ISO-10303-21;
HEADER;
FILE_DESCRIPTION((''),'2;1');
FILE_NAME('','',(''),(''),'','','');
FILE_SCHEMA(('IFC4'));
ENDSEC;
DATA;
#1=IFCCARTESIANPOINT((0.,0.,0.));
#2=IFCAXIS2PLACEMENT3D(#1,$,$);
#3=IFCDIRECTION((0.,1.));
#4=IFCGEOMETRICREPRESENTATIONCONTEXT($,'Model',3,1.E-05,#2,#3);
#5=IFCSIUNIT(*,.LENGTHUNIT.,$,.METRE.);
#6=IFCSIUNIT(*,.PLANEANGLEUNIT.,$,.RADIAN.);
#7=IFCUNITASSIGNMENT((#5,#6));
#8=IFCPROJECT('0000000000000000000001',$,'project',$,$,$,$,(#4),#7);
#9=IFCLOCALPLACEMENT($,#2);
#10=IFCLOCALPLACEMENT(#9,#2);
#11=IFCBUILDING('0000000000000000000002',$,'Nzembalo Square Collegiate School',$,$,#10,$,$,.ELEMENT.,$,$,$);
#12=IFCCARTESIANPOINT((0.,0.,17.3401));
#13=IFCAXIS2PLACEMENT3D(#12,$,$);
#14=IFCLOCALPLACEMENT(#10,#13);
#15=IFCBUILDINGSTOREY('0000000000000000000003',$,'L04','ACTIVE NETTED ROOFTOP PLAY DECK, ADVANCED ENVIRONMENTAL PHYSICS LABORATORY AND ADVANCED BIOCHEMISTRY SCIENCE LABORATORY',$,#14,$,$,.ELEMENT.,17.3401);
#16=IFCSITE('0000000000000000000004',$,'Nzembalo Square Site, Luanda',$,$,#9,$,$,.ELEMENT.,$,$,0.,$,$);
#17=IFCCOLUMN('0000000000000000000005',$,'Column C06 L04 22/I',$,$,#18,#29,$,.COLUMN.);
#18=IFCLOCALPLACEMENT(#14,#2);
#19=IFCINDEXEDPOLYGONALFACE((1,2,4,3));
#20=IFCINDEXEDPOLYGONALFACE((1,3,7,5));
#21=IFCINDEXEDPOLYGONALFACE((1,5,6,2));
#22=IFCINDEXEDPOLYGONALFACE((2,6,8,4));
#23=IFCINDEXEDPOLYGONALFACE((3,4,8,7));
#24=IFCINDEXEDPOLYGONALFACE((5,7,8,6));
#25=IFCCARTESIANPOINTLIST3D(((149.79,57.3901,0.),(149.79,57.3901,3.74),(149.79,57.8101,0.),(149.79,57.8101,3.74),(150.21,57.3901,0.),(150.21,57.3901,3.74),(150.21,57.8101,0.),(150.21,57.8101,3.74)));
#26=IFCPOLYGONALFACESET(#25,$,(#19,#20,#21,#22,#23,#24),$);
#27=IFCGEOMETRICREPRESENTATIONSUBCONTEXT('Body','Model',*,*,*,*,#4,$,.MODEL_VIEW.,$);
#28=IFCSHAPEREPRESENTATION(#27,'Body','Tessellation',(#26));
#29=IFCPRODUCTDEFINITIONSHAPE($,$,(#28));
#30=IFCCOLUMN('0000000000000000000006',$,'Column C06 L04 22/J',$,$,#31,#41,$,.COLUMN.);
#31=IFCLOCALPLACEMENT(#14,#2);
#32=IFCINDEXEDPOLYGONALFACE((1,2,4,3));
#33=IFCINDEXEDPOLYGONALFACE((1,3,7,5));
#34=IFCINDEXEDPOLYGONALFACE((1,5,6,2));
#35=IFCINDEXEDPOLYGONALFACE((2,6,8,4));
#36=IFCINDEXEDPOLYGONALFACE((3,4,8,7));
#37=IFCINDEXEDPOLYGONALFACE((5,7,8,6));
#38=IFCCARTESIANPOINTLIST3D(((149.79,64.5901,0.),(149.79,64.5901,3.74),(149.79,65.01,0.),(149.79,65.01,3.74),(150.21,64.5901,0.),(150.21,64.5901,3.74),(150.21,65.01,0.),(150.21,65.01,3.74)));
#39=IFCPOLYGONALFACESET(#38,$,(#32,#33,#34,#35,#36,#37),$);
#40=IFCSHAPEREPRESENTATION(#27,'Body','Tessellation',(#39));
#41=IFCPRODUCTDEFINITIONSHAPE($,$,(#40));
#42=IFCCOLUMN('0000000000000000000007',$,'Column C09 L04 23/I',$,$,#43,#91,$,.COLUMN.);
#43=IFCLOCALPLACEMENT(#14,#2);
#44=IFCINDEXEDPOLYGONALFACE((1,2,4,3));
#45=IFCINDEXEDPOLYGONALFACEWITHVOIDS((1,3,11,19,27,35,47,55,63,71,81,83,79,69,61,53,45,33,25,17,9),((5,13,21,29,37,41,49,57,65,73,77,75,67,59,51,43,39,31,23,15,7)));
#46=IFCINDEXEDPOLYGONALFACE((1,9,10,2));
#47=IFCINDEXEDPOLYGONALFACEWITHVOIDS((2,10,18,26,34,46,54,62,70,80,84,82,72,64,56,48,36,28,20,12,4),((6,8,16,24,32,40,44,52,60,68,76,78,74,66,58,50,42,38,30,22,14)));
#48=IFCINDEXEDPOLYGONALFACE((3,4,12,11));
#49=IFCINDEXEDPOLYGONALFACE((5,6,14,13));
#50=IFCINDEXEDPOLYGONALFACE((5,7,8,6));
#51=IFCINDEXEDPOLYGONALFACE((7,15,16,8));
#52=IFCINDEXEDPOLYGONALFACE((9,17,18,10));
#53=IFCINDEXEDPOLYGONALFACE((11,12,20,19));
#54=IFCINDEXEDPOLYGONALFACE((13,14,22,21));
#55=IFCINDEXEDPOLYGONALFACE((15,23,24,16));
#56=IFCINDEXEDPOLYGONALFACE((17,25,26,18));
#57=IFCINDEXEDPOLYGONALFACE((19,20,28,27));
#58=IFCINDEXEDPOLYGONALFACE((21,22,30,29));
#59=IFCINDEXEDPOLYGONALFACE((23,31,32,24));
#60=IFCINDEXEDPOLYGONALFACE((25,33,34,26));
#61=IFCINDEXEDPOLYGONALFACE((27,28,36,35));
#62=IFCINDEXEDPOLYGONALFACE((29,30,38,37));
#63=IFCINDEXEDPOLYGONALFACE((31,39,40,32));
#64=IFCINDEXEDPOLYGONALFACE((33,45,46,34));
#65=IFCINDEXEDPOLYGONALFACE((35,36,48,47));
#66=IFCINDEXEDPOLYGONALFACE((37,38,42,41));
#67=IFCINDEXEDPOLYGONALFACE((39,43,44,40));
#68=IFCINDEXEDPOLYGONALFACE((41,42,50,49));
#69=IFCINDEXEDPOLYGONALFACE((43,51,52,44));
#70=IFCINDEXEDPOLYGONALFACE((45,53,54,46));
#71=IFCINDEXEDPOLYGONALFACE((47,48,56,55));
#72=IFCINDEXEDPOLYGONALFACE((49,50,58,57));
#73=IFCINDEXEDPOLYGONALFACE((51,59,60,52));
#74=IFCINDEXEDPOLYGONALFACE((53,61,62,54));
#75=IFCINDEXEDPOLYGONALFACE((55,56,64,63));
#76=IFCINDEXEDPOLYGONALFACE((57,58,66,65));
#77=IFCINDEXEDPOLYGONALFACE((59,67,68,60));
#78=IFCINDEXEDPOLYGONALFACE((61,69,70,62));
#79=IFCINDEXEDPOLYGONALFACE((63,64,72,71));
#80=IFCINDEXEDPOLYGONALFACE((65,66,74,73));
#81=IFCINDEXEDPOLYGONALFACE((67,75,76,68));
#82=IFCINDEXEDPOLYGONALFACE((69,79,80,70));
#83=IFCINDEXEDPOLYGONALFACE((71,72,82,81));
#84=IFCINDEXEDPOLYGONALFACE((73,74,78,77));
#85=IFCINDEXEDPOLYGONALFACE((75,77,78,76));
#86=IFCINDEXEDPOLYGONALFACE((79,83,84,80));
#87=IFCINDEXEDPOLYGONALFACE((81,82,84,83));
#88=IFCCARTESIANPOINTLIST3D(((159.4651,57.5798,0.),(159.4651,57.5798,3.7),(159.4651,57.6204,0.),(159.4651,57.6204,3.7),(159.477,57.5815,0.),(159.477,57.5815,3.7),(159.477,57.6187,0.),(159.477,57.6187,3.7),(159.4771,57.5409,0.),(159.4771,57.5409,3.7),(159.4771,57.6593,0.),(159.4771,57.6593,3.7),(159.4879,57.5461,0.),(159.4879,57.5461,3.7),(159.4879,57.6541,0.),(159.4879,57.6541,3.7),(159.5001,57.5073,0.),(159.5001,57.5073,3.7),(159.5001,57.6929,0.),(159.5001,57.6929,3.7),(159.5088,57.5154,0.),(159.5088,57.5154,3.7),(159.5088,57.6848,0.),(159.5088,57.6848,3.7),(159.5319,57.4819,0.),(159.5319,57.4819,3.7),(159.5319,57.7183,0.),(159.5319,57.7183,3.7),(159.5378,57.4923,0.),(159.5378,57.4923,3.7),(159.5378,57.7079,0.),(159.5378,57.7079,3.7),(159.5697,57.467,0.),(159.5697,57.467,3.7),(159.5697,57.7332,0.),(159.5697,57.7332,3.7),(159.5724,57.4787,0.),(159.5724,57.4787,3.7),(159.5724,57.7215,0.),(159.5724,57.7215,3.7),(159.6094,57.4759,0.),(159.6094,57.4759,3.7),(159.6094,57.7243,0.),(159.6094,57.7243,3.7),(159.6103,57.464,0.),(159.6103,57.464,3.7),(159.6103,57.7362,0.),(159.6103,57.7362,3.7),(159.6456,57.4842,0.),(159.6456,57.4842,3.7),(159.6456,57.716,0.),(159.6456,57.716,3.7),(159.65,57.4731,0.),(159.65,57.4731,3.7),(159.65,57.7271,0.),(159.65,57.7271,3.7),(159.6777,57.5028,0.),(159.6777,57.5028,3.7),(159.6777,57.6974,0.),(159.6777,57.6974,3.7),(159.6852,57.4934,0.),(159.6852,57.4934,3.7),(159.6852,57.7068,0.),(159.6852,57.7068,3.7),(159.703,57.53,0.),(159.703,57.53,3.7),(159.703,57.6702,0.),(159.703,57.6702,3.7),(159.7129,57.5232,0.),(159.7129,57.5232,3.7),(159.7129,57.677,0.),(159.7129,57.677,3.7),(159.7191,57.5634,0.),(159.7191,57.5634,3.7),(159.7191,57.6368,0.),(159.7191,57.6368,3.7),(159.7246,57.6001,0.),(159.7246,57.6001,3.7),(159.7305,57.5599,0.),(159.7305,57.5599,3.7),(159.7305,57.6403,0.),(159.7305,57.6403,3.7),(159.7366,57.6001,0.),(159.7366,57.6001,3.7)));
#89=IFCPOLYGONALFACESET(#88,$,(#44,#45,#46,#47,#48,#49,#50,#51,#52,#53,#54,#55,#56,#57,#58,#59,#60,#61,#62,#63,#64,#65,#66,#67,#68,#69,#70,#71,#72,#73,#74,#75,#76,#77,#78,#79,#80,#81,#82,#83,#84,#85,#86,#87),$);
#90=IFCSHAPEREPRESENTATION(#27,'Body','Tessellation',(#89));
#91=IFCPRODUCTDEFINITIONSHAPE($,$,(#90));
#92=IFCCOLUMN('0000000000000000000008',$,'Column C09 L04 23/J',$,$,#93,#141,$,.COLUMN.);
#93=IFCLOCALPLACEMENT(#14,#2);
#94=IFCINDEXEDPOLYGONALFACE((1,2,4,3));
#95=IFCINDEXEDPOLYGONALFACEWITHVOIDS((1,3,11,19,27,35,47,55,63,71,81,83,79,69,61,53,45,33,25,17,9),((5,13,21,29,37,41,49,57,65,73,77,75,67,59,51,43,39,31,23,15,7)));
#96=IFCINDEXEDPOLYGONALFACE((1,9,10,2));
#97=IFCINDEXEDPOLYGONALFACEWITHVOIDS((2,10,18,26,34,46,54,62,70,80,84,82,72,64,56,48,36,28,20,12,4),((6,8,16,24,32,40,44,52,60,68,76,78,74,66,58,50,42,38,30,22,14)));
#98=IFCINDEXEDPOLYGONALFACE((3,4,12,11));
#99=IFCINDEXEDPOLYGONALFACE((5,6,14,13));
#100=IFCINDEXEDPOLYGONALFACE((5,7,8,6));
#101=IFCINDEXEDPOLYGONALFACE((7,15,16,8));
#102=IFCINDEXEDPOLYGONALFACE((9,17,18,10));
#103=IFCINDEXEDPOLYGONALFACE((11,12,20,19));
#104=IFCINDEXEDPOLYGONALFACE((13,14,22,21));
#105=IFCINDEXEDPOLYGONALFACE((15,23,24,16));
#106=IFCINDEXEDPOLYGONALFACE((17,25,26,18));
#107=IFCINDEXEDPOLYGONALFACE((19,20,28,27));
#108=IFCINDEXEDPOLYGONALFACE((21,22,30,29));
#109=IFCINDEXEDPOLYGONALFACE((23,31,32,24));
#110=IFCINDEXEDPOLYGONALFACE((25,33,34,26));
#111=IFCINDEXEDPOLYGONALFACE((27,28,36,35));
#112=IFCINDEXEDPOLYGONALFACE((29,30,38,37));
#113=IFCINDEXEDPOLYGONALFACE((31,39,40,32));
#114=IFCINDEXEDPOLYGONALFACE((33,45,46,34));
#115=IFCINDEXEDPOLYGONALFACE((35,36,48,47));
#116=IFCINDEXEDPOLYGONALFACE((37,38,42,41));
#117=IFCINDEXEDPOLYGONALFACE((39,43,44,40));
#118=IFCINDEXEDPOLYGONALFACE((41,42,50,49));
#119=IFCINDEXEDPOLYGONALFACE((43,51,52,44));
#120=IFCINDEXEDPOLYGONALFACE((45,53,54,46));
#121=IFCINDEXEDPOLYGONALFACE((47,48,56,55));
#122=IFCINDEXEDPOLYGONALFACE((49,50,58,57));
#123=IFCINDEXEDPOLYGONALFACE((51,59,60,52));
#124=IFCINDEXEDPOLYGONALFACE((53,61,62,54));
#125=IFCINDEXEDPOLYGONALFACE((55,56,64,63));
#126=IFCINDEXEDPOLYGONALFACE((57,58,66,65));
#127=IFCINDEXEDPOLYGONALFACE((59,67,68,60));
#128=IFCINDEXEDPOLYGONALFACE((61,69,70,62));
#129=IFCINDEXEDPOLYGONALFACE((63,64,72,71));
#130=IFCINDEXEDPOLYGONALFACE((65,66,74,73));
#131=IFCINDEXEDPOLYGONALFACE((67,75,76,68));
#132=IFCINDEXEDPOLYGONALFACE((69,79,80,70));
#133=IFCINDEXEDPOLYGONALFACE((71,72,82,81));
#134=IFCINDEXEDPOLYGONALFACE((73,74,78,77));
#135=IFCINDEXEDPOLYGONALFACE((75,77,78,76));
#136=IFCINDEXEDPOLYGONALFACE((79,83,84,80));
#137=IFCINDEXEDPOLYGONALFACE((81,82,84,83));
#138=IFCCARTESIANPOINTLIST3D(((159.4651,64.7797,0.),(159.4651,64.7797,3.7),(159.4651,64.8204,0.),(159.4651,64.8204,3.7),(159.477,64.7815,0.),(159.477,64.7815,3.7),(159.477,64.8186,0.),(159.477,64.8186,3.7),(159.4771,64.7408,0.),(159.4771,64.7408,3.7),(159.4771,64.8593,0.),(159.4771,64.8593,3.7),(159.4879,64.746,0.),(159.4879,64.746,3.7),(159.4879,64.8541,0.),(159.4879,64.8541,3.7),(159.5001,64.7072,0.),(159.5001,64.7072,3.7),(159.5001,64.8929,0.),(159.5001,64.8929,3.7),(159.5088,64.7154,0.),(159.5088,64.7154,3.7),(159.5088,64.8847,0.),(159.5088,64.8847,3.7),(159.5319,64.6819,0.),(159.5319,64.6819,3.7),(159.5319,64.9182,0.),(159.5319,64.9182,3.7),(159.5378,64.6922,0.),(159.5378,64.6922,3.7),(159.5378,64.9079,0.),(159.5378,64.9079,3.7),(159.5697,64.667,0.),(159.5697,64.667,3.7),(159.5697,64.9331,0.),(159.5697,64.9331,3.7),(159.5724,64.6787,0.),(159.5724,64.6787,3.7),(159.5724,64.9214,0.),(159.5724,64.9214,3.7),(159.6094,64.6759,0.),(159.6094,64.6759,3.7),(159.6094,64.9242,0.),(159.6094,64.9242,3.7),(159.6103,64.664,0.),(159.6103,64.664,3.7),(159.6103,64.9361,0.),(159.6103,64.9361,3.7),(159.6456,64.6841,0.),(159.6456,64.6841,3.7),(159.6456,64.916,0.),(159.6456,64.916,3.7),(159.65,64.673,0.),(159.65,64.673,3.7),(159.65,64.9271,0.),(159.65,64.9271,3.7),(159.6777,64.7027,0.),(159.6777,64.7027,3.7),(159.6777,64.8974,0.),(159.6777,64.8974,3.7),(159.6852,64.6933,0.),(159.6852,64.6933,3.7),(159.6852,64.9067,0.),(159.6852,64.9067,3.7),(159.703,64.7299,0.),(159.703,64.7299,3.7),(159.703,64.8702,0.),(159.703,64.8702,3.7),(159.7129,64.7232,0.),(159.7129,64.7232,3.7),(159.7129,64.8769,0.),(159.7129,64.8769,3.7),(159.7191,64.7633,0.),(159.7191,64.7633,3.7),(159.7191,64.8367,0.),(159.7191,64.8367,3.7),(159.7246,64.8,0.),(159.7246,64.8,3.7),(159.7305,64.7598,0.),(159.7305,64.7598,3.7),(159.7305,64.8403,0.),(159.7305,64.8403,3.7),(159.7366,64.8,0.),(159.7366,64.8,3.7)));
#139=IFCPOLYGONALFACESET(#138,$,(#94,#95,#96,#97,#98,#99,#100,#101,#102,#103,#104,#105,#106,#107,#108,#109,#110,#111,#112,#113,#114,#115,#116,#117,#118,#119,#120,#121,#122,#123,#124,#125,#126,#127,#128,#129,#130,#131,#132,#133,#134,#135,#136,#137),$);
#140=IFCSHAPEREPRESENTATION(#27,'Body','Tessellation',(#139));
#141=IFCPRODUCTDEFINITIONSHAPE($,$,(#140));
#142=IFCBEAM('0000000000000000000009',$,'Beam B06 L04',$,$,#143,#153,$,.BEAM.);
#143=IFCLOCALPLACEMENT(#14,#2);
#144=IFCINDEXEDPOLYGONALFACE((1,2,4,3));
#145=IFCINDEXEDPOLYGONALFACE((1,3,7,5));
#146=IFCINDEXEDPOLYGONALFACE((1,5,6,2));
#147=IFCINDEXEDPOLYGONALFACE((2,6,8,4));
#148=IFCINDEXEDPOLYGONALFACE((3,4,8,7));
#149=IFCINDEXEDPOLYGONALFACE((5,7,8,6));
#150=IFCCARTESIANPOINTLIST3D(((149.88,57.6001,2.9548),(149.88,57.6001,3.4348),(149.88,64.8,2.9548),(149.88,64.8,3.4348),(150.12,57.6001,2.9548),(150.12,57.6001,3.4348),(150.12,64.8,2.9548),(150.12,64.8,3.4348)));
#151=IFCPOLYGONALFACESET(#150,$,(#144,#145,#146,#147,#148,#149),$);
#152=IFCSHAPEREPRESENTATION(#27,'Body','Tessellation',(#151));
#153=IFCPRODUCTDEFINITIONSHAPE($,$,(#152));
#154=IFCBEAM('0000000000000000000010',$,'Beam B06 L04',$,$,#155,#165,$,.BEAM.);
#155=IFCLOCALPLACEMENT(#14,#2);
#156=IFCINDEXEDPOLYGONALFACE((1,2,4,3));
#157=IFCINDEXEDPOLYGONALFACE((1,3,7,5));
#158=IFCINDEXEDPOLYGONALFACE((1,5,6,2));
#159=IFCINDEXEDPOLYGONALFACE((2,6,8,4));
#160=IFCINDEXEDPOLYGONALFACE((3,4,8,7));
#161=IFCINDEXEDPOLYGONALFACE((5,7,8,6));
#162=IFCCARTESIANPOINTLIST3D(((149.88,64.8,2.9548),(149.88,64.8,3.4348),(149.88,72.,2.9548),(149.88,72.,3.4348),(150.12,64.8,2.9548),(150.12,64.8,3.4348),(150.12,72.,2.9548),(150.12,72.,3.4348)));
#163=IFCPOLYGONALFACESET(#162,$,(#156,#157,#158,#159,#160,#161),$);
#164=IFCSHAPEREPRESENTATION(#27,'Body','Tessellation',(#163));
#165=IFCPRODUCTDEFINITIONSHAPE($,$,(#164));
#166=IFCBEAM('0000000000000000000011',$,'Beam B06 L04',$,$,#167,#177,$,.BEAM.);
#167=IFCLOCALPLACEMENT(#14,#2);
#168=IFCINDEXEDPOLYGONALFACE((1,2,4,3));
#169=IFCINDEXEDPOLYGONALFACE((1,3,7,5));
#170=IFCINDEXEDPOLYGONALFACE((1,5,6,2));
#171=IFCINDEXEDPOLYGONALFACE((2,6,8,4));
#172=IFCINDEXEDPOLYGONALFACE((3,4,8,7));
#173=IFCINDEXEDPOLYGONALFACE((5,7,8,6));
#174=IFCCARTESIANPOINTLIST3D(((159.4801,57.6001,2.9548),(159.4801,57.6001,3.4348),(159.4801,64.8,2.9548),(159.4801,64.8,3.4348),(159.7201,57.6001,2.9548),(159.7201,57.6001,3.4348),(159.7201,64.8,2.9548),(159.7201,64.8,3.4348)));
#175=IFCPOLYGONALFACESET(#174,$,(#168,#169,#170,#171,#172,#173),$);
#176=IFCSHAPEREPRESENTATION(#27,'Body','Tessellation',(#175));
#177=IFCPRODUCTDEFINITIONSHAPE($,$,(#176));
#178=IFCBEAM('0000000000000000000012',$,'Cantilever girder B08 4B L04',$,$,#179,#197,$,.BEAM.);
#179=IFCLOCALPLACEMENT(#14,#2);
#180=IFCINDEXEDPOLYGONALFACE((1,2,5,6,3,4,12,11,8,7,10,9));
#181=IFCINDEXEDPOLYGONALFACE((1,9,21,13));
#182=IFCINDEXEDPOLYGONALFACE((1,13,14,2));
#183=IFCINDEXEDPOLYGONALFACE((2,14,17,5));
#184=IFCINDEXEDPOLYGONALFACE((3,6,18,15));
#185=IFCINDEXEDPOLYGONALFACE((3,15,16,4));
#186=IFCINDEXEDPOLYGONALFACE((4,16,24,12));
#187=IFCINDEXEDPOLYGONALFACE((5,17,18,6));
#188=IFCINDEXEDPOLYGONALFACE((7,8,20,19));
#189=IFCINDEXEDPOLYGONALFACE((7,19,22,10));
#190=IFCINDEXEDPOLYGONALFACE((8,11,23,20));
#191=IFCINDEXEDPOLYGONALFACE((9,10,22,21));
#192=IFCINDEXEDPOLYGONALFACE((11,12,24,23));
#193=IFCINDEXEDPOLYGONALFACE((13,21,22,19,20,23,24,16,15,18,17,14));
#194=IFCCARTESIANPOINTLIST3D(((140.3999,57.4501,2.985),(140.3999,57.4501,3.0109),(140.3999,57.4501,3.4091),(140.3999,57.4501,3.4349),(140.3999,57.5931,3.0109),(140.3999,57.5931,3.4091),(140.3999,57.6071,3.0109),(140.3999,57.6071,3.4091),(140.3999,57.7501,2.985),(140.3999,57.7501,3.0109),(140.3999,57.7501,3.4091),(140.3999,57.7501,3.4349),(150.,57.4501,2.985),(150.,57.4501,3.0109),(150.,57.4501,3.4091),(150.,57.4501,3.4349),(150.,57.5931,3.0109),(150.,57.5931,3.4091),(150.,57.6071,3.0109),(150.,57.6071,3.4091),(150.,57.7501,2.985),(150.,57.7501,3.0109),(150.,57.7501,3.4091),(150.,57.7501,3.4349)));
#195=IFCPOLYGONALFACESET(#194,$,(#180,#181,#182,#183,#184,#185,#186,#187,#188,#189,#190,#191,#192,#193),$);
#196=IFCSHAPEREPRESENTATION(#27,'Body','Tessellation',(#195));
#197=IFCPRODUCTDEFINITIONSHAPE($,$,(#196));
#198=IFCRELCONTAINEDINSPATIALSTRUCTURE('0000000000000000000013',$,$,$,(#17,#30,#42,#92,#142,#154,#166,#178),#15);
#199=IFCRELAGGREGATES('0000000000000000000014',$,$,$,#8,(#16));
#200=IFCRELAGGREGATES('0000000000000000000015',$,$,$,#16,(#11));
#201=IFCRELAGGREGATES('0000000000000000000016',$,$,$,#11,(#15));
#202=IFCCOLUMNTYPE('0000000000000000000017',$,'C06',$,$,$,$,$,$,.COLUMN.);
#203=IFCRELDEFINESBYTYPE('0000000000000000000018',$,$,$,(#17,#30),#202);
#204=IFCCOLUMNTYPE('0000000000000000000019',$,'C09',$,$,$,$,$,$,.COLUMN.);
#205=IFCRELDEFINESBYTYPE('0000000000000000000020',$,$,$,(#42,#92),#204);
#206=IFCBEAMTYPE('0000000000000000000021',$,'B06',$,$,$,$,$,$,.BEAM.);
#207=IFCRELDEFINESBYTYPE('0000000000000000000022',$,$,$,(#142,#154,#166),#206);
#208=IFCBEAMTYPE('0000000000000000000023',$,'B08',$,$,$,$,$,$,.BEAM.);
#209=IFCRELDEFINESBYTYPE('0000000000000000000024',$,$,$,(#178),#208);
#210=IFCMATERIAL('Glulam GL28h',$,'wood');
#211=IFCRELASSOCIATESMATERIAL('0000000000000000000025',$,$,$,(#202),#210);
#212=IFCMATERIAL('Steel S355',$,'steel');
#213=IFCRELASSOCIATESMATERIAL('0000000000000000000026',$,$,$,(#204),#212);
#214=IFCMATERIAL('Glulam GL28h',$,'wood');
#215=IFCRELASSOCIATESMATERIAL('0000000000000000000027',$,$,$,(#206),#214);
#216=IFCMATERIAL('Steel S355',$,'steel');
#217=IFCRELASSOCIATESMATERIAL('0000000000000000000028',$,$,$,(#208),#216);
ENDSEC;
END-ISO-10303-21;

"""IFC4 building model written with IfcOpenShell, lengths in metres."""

from ifc_helpers import new_model, si_unit, direction, frame, origin, origin_2d, place, context, subcontext, project, spatial, rectangle, hollow_circle, i_section, extrude, material, material_profile, profile_set, type_object, element, save


model = new_model("IFC4")

# Units and contexts
model_context = context("Model", 3, precision=1e-05, world=origin(), true_north=direction((0.0, 1.0)))
body_context = subcontext(model_context, "Body", "Model", "MODEL_VIEW")
ifc_project = project(units=[si_unit("LENGTHUNIT", "METRE"), si_unit("PLANEANGLEUNIT", "RADIAN")], contexts=[model_context])

# Site, building, storey
site_placement = place(None, origin())
site = spatial("IfcSite", under=ifc_project, at=site_placement, Name="Nzembalo Square Site, Luanda", CompositionType="ELEMENT", RefElevation=0.0)
building_placement = place(site_placement, origin())
building = spatial("IfcBuilding", under=site, at=building_placement, Name="Nzembalo Square Collegiate School", CompositionType="ELEMENT")
storey_placement = place(building_placement, frame((0.0, 0.0, 17.3401)))
storey = spatial("IfcBuildingStorey", under=building, at=storey_placement, Name="L04", Description="ACTIVE NETTED ROOFTOP PLAY DECK, ADVANCED ENVIRONMENTAL PHYSICS LABORATORY AND ADVANCED BIOCHEMISTRY SCIENCE LABORATORY", CompositionType="ELEMENT", Elevation=17.3401)

# Columns
ifc_material_1 = material(Name="Glulam GL28h", Category="wood")
ifc_material_profile_1 = material_profile(ifc_material_1, rectangle(XDim=0.4199, YDim=0.4199, at=origin_2d()), Name="GL28h 420x420")
ifc_profile_set_1 = profile_set([ifc_material_profile_1], Name="Glulam GL28h")
column_type_1 = type_object("IfcColumnType", Name="C06", PredefinedType="COLUMN", material=ifc_profile_set_1)
for number, where, z_axis, x_axis, name in (
    (1, (150.0, 57.6001, 0.0), (0.0, 0.0, 1.0), (1.0, 0.0, 0.0), "Column C06 L04 22/I"),
    (2, (150.0, 64.8, 0.0), (0.0, 0.0, 1.0), (1.0, 0.0, 0.0), "Column C06 L04 22/J"),
):
    element("IfcColumn", number, at=place(storey_placement, frame(where, z_axis=z_axis, x_axis=x_axis)), inside=storey, type_object=column_type_1, Name=name, PredefinedType="COLUMN", context=body_context, shape_type="SweptSolid", body=[
        extrude(rectangle(XDim=0.4199, YDim=0.4199, at=origin_2d()), origin(), (0.0, 0.0, 1.0), 3.74),
    ])
ifc_material_2 = material(Name="Steel S355", Category="steel")
ifc_material_profile_2 = material_profile(ifc_material_2, hollow_circle(Radius=0.1365, WallThickness=0.012, at=origin_2d()), Name="CHS 273x12")
ifc_profile_set_2 = profile_set([ifc_material_profile_2], Name="Steel S355")
column_type_2 = type_object("IfcColumnType", Name="C09", PredefinedType="COLUMN", material=ifc_profile_set_2)
for number, where, z_axis, x_axis, name in (
    (3, (159.6001, 57.6001, 0.0), (0.0, 0.0, 1.0), (1.0, 0.0, 0.0), "Column C09 L04 23/I"),
    (4, (159.6001, 64.8, 0.0), (0.0, 0.0, 1.0), (1.0, 0.0, 0.0), "Column C09 L04 23/J"),
):
    element("IfcColumn", number, at=place(storey_placement, frame(where, z_axis=z_axis, x_axis=x_axis)), inside=storey, type_object=column_type_2, Name=name, PredefinedType="COLUMN", context=body_context, shape_type="SweptSolid", body=[
        extrude(hollow_circle(Radius=0.1365, WallThickness=0.012, at=origin_2d()), origin(), (0.0, 0.0, 1.0), 3.7),
    ])

# Beams
ifc_material_3 = material(Name="Glulam GL28h", Category="wood")
ifc_material_profile_3 = material_profile(ifc_material_3, rectangle(XDim=0.24, YDim=0.48, at=origin_2d()), Name="GL28h 240x480")
ifc_profile_set_3 = profile_set([ifc_material_profile_3], Name="Glulam GL28h")
beam_type_1 = type_object("IfcBeamType", Name="B06", PredefinedType="BEAM", material=ifc_profile_set_3)
for number, where, z_axis, x_axis, name in (
    (5, (150.0, 57.6001, 3.1948), (0.0, 1.0, 0.0), (-1.0, 0.0, 0.0), "Beam B06 L04"),
    (6, (150.0, 64.8, 3.1948), (0.0, 1.0, 0.0), (-1.0, 0.0, 0.0), "Beam B06 L04"),
    (7, (159.6001, 57.6001, 3.1948), (0.0, 1.0, 0.0), (-1.0, 0.0, 0.0), "Beam B06 L04"),
):
    element("IfcBeam", number, at=place(storey_placement, frame(where, z_axis=z_axis, x_axis=x_axis)), inside=storey, type_object=beam_type_1, Name=name, PredefinedType="BEAM", context=body_context, shape_type="SweptSolid", body=[
        extrude(rectangle(XDim=0.24, YDim=0.48, at=origin_2d()), origin(), (0.0, 0.0, 1.0), 7.2),
    ])
ifc_material_4 = material(Name="Steel S355", Category="steel")
ifc_material_profile_4 = material_profile(ifc_material_4, i_section(OverallWidth=0.3, OverallDepth=0.45, WebThickness=0.0139, FlangeThickness=0.0259, at=origin_2d()), Name="HEB 450")
ifc_profile_set_4 = profile_set([ifc_material_profile_4], Name="Steel S355")
beam_type_2 = type_object("IfcBeamType", Name="B08", PredefinedType="BEAM", material=ifc_profile_set_4)
for number, where, z_axis, x_axis, name in (
    (8, (150.0, 57.6001, 3.21), (-1.0, 0.0, 0.0), (0.0, -1.0, 0.0), "Cantilever girder B08 4B L04"),
):
    element("IfcBeam", number, at=place(storey_placement, frame(where, z_axis=z_axis, x_axis=x_axis)), inside=storey, type_object=beam_type_2, Name=name, PredefinedType="BEAM", context=body_context, shape_type="SweptSolid", body=[
        extrude(i_section(OverallWidth=0.3, OverallDepth=0.45, WebThickness=0.0139, FlangeThickness=0.0259, at=origin_2d()), origin(), (0.0, 0.0, 1.0), 9.6001),
    ])

save(model, "model.ifc")
